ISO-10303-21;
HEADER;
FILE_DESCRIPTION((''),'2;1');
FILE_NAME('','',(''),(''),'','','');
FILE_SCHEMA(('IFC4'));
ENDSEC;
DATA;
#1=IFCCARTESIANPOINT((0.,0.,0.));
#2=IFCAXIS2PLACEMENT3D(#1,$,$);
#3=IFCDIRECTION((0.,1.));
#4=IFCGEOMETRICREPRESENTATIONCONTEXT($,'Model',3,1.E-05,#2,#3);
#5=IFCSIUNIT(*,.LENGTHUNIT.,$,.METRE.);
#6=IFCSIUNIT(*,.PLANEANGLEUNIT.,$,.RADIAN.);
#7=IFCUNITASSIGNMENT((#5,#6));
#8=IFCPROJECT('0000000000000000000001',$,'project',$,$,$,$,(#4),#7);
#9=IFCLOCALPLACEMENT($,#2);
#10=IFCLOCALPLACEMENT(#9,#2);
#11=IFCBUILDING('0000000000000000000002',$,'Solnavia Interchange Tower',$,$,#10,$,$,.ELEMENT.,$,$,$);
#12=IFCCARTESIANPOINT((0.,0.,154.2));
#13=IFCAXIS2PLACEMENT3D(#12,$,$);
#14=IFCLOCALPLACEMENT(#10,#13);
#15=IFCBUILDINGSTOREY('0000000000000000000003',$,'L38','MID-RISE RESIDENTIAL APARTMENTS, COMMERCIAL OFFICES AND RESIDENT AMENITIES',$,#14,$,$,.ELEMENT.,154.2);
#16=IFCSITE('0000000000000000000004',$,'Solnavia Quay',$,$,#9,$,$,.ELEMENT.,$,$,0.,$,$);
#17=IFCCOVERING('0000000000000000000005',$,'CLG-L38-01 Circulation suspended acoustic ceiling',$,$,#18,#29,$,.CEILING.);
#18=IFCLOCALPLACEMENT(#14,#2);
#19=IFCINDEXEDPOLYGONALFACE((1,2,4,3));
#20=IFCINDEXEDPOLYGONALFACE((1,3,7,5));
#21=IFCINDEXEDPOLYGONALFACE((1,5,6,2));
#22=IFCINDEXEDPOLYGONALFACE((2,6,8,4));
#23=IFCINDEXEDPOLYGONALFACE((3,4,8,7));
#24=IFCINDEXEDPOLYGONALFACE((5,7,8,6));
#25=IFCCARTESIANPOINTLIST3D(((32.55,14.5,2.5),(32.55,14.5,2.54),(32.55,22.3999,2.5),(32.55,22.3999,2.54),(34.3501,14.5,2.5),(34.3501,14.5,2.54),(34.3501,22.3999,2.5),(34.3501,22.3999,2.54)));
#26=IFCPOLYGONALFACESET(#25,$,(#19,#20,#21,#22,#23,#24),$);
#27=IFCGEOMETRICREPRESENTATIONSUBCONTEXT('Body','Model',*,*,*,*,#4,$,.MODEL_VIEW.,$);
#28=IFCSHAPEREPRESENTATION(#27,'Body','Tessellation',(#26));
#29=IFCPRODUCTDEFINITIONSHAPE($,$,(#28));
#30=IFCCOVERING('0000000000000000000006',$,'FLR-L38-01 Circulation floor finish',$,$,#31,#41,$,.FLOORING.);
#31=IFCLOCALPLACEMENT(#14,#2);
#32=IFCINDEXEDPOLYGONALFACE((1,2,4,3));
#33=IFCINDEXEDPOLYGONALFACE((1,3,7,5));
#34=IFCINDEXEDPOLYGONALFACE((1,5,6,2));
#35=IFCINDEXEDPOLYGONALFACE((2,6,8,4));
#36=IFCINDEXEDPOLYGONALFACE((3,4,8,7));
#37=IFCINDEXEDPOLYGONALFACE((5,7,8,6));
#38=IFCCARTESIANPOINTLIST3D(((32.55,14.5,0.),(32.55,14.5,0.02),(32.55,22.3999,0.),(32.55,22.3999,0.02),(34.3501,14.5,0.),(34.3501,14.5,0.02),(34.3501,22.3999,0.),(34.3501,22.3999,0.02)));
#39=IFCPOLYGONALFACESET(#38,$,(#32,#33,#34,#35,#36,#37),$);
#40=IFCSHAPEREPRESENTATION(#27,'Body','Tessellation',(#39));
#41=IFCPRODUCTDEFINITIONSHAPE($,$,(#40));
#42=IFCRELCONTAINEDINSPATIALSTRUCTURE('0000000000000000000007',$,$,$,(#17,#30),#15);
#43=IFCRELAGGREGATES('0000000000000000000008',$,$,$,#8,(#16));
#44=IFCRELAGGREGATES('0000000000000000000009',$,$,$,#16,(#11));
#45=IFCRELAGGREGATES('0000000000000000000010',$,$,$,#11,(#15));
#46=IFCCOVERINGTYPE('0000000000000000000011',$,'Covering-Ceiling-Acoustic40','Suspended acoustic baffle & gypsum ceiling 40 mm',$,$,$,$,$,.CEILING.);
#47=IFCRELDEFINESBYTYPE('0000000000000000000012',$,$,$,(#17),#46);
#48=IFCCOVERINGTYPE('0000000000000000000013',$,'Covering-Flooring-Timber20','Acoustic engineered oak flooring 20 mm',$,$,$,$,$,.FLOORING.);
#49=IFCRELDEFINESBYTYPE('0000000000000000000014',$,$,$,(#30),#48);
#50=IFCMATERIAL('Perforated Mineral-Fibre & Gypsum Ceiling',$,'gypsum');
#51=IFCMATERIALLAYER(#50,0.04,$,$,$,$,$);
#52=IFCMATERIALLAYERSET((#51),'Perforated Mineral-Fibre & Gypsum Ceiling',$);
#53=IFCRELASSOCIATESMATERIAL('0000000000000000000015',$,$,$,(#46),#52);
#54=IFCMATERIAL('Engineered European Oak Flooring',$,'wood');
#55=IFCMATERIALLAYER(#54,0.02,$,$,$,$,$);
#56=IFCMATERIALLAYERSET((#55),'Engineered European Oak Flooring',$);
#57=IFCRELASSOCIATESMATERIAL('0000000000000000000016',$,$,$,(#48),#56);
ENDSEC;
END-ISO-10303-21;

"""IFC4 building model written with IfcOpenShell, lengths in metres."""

from ifc_helpers import new_model, si_unit, direction, frame, origin, place, context, subcontext, project, spatial, polyline, outline, extrude, material, layer, layer_set, type_object, element, save


model = new_model("IFC4")

# Units and contexts
model_context = context("Model", 3, precision=1e-05, world=origin(), true_north=direction((0.0, 1.0)))
body_context = subcontext(model_context, "Body", "Model", "MODEL_VIEW")
ifc_project = project(units=[si_unit("LENGTHUNIT", "METRE"), si_unit("PLANEANGLEUNIT", "RADIAN")], contexts=[model_context])

# Site, building, storey
site_placement = place(None, origin())
site = spatial("IfcSite", under=ifc_project, at=site_placement, Name="Solnavia Quay", CompositionType="ELEMENT", RefElevation=0.0)
building_placement = place(site_placement, origin())
building = spatial("IfcBuilding", under=site, at=building_placement, Name="Solnavia Interchange Tower", CompositionType="ELEMENT")
storey_placement = place(building_placement, frame((0.0, 0.0, 154.2)))
storey = spatial("IfcBuildingStorey", under=building, at=storey_placement, Name="L38", Description="MID-RISE RESIDENTIAL APARTMENTS, COMMERCIAL OFFICES AND RESIDENT AMENITIES", CompositionType="ELEMENT", Elevation=154.2)

# Coverings
ifc_material_1 = material(Name="Perforated Mineral-Fibre & Gypsum Ceiling", Category="gypsum")
ifc_layer_1 = layer(ifc_material_1, 0.04)
ifc_layer_set_1 = layer_set([ifc_layer_1], Name="Perforated Mineral-Fibre & Gypsum Ceiling")
covering_type_1 = type_object("IfcCoveringType", Name="Covering-Ceiling-Acoustic40", Description="Suspended acoustic baffle & gypsum ceiling 40 mm", PredefinedType="CEILING", material=ifc_layer_set_1)
covering_1_placement = place(storey_placement, frame((0.0, 0.0, 2.5)))
element("IfcCovering", 1, at=covering_1_placement, inside=storey, type_object=covering_type_1, Name="CLG-L38-01 Circulation suspended acoustic ceiling", PredefinedType="CEILING", context=body_context, shape_type="SweptSolid", body=[
    extrude(outline(polyline([(32.55, 14.5), (34.3501, 14.5), (34.3501, 22.3999), (32.55, 22.3999), (32.55, 14.5)])), origin(), (0.0, 0.0, 1.0), 0.04),
])
ifc_material_2 = material(Name="Engineered European Oak Flooring", Category="wood")
ifc_layer_2 = layer(ifc_material_2, 0.02)
ifc_layer_set_2 = layer_set([ifc_layer_2], Name="Engineered European Oak Flooring")
covering_type_2 = type_object("IfcCoveringType", Name="Covering-Flooring-Timber20", Description="Acoustic engineered oak flooring 20 mm", PredefinedType="FLOORING", material=ifc_layer_set_2)
covering_2_placement = place(storey_placement, origin())
element("IfcCovering", 2, at=covering_2_placement, inside=storey, type_object=covering_type_2, Name="FLR-L38-01 Circulation floor finish", PredefinedType="FLOORING", context=body_context, shape_type="SweptSolid", body=[
    extrude(outline(polyline([(32.55, 14.5), (34.3501, 14.5), (34.3501, 22.3999), (32.55, 22.3999), (32.55, 14.5)])), origin(), (0.0, 0.0, 1.0), 0.02),
])

save(model, "model.ifc")
